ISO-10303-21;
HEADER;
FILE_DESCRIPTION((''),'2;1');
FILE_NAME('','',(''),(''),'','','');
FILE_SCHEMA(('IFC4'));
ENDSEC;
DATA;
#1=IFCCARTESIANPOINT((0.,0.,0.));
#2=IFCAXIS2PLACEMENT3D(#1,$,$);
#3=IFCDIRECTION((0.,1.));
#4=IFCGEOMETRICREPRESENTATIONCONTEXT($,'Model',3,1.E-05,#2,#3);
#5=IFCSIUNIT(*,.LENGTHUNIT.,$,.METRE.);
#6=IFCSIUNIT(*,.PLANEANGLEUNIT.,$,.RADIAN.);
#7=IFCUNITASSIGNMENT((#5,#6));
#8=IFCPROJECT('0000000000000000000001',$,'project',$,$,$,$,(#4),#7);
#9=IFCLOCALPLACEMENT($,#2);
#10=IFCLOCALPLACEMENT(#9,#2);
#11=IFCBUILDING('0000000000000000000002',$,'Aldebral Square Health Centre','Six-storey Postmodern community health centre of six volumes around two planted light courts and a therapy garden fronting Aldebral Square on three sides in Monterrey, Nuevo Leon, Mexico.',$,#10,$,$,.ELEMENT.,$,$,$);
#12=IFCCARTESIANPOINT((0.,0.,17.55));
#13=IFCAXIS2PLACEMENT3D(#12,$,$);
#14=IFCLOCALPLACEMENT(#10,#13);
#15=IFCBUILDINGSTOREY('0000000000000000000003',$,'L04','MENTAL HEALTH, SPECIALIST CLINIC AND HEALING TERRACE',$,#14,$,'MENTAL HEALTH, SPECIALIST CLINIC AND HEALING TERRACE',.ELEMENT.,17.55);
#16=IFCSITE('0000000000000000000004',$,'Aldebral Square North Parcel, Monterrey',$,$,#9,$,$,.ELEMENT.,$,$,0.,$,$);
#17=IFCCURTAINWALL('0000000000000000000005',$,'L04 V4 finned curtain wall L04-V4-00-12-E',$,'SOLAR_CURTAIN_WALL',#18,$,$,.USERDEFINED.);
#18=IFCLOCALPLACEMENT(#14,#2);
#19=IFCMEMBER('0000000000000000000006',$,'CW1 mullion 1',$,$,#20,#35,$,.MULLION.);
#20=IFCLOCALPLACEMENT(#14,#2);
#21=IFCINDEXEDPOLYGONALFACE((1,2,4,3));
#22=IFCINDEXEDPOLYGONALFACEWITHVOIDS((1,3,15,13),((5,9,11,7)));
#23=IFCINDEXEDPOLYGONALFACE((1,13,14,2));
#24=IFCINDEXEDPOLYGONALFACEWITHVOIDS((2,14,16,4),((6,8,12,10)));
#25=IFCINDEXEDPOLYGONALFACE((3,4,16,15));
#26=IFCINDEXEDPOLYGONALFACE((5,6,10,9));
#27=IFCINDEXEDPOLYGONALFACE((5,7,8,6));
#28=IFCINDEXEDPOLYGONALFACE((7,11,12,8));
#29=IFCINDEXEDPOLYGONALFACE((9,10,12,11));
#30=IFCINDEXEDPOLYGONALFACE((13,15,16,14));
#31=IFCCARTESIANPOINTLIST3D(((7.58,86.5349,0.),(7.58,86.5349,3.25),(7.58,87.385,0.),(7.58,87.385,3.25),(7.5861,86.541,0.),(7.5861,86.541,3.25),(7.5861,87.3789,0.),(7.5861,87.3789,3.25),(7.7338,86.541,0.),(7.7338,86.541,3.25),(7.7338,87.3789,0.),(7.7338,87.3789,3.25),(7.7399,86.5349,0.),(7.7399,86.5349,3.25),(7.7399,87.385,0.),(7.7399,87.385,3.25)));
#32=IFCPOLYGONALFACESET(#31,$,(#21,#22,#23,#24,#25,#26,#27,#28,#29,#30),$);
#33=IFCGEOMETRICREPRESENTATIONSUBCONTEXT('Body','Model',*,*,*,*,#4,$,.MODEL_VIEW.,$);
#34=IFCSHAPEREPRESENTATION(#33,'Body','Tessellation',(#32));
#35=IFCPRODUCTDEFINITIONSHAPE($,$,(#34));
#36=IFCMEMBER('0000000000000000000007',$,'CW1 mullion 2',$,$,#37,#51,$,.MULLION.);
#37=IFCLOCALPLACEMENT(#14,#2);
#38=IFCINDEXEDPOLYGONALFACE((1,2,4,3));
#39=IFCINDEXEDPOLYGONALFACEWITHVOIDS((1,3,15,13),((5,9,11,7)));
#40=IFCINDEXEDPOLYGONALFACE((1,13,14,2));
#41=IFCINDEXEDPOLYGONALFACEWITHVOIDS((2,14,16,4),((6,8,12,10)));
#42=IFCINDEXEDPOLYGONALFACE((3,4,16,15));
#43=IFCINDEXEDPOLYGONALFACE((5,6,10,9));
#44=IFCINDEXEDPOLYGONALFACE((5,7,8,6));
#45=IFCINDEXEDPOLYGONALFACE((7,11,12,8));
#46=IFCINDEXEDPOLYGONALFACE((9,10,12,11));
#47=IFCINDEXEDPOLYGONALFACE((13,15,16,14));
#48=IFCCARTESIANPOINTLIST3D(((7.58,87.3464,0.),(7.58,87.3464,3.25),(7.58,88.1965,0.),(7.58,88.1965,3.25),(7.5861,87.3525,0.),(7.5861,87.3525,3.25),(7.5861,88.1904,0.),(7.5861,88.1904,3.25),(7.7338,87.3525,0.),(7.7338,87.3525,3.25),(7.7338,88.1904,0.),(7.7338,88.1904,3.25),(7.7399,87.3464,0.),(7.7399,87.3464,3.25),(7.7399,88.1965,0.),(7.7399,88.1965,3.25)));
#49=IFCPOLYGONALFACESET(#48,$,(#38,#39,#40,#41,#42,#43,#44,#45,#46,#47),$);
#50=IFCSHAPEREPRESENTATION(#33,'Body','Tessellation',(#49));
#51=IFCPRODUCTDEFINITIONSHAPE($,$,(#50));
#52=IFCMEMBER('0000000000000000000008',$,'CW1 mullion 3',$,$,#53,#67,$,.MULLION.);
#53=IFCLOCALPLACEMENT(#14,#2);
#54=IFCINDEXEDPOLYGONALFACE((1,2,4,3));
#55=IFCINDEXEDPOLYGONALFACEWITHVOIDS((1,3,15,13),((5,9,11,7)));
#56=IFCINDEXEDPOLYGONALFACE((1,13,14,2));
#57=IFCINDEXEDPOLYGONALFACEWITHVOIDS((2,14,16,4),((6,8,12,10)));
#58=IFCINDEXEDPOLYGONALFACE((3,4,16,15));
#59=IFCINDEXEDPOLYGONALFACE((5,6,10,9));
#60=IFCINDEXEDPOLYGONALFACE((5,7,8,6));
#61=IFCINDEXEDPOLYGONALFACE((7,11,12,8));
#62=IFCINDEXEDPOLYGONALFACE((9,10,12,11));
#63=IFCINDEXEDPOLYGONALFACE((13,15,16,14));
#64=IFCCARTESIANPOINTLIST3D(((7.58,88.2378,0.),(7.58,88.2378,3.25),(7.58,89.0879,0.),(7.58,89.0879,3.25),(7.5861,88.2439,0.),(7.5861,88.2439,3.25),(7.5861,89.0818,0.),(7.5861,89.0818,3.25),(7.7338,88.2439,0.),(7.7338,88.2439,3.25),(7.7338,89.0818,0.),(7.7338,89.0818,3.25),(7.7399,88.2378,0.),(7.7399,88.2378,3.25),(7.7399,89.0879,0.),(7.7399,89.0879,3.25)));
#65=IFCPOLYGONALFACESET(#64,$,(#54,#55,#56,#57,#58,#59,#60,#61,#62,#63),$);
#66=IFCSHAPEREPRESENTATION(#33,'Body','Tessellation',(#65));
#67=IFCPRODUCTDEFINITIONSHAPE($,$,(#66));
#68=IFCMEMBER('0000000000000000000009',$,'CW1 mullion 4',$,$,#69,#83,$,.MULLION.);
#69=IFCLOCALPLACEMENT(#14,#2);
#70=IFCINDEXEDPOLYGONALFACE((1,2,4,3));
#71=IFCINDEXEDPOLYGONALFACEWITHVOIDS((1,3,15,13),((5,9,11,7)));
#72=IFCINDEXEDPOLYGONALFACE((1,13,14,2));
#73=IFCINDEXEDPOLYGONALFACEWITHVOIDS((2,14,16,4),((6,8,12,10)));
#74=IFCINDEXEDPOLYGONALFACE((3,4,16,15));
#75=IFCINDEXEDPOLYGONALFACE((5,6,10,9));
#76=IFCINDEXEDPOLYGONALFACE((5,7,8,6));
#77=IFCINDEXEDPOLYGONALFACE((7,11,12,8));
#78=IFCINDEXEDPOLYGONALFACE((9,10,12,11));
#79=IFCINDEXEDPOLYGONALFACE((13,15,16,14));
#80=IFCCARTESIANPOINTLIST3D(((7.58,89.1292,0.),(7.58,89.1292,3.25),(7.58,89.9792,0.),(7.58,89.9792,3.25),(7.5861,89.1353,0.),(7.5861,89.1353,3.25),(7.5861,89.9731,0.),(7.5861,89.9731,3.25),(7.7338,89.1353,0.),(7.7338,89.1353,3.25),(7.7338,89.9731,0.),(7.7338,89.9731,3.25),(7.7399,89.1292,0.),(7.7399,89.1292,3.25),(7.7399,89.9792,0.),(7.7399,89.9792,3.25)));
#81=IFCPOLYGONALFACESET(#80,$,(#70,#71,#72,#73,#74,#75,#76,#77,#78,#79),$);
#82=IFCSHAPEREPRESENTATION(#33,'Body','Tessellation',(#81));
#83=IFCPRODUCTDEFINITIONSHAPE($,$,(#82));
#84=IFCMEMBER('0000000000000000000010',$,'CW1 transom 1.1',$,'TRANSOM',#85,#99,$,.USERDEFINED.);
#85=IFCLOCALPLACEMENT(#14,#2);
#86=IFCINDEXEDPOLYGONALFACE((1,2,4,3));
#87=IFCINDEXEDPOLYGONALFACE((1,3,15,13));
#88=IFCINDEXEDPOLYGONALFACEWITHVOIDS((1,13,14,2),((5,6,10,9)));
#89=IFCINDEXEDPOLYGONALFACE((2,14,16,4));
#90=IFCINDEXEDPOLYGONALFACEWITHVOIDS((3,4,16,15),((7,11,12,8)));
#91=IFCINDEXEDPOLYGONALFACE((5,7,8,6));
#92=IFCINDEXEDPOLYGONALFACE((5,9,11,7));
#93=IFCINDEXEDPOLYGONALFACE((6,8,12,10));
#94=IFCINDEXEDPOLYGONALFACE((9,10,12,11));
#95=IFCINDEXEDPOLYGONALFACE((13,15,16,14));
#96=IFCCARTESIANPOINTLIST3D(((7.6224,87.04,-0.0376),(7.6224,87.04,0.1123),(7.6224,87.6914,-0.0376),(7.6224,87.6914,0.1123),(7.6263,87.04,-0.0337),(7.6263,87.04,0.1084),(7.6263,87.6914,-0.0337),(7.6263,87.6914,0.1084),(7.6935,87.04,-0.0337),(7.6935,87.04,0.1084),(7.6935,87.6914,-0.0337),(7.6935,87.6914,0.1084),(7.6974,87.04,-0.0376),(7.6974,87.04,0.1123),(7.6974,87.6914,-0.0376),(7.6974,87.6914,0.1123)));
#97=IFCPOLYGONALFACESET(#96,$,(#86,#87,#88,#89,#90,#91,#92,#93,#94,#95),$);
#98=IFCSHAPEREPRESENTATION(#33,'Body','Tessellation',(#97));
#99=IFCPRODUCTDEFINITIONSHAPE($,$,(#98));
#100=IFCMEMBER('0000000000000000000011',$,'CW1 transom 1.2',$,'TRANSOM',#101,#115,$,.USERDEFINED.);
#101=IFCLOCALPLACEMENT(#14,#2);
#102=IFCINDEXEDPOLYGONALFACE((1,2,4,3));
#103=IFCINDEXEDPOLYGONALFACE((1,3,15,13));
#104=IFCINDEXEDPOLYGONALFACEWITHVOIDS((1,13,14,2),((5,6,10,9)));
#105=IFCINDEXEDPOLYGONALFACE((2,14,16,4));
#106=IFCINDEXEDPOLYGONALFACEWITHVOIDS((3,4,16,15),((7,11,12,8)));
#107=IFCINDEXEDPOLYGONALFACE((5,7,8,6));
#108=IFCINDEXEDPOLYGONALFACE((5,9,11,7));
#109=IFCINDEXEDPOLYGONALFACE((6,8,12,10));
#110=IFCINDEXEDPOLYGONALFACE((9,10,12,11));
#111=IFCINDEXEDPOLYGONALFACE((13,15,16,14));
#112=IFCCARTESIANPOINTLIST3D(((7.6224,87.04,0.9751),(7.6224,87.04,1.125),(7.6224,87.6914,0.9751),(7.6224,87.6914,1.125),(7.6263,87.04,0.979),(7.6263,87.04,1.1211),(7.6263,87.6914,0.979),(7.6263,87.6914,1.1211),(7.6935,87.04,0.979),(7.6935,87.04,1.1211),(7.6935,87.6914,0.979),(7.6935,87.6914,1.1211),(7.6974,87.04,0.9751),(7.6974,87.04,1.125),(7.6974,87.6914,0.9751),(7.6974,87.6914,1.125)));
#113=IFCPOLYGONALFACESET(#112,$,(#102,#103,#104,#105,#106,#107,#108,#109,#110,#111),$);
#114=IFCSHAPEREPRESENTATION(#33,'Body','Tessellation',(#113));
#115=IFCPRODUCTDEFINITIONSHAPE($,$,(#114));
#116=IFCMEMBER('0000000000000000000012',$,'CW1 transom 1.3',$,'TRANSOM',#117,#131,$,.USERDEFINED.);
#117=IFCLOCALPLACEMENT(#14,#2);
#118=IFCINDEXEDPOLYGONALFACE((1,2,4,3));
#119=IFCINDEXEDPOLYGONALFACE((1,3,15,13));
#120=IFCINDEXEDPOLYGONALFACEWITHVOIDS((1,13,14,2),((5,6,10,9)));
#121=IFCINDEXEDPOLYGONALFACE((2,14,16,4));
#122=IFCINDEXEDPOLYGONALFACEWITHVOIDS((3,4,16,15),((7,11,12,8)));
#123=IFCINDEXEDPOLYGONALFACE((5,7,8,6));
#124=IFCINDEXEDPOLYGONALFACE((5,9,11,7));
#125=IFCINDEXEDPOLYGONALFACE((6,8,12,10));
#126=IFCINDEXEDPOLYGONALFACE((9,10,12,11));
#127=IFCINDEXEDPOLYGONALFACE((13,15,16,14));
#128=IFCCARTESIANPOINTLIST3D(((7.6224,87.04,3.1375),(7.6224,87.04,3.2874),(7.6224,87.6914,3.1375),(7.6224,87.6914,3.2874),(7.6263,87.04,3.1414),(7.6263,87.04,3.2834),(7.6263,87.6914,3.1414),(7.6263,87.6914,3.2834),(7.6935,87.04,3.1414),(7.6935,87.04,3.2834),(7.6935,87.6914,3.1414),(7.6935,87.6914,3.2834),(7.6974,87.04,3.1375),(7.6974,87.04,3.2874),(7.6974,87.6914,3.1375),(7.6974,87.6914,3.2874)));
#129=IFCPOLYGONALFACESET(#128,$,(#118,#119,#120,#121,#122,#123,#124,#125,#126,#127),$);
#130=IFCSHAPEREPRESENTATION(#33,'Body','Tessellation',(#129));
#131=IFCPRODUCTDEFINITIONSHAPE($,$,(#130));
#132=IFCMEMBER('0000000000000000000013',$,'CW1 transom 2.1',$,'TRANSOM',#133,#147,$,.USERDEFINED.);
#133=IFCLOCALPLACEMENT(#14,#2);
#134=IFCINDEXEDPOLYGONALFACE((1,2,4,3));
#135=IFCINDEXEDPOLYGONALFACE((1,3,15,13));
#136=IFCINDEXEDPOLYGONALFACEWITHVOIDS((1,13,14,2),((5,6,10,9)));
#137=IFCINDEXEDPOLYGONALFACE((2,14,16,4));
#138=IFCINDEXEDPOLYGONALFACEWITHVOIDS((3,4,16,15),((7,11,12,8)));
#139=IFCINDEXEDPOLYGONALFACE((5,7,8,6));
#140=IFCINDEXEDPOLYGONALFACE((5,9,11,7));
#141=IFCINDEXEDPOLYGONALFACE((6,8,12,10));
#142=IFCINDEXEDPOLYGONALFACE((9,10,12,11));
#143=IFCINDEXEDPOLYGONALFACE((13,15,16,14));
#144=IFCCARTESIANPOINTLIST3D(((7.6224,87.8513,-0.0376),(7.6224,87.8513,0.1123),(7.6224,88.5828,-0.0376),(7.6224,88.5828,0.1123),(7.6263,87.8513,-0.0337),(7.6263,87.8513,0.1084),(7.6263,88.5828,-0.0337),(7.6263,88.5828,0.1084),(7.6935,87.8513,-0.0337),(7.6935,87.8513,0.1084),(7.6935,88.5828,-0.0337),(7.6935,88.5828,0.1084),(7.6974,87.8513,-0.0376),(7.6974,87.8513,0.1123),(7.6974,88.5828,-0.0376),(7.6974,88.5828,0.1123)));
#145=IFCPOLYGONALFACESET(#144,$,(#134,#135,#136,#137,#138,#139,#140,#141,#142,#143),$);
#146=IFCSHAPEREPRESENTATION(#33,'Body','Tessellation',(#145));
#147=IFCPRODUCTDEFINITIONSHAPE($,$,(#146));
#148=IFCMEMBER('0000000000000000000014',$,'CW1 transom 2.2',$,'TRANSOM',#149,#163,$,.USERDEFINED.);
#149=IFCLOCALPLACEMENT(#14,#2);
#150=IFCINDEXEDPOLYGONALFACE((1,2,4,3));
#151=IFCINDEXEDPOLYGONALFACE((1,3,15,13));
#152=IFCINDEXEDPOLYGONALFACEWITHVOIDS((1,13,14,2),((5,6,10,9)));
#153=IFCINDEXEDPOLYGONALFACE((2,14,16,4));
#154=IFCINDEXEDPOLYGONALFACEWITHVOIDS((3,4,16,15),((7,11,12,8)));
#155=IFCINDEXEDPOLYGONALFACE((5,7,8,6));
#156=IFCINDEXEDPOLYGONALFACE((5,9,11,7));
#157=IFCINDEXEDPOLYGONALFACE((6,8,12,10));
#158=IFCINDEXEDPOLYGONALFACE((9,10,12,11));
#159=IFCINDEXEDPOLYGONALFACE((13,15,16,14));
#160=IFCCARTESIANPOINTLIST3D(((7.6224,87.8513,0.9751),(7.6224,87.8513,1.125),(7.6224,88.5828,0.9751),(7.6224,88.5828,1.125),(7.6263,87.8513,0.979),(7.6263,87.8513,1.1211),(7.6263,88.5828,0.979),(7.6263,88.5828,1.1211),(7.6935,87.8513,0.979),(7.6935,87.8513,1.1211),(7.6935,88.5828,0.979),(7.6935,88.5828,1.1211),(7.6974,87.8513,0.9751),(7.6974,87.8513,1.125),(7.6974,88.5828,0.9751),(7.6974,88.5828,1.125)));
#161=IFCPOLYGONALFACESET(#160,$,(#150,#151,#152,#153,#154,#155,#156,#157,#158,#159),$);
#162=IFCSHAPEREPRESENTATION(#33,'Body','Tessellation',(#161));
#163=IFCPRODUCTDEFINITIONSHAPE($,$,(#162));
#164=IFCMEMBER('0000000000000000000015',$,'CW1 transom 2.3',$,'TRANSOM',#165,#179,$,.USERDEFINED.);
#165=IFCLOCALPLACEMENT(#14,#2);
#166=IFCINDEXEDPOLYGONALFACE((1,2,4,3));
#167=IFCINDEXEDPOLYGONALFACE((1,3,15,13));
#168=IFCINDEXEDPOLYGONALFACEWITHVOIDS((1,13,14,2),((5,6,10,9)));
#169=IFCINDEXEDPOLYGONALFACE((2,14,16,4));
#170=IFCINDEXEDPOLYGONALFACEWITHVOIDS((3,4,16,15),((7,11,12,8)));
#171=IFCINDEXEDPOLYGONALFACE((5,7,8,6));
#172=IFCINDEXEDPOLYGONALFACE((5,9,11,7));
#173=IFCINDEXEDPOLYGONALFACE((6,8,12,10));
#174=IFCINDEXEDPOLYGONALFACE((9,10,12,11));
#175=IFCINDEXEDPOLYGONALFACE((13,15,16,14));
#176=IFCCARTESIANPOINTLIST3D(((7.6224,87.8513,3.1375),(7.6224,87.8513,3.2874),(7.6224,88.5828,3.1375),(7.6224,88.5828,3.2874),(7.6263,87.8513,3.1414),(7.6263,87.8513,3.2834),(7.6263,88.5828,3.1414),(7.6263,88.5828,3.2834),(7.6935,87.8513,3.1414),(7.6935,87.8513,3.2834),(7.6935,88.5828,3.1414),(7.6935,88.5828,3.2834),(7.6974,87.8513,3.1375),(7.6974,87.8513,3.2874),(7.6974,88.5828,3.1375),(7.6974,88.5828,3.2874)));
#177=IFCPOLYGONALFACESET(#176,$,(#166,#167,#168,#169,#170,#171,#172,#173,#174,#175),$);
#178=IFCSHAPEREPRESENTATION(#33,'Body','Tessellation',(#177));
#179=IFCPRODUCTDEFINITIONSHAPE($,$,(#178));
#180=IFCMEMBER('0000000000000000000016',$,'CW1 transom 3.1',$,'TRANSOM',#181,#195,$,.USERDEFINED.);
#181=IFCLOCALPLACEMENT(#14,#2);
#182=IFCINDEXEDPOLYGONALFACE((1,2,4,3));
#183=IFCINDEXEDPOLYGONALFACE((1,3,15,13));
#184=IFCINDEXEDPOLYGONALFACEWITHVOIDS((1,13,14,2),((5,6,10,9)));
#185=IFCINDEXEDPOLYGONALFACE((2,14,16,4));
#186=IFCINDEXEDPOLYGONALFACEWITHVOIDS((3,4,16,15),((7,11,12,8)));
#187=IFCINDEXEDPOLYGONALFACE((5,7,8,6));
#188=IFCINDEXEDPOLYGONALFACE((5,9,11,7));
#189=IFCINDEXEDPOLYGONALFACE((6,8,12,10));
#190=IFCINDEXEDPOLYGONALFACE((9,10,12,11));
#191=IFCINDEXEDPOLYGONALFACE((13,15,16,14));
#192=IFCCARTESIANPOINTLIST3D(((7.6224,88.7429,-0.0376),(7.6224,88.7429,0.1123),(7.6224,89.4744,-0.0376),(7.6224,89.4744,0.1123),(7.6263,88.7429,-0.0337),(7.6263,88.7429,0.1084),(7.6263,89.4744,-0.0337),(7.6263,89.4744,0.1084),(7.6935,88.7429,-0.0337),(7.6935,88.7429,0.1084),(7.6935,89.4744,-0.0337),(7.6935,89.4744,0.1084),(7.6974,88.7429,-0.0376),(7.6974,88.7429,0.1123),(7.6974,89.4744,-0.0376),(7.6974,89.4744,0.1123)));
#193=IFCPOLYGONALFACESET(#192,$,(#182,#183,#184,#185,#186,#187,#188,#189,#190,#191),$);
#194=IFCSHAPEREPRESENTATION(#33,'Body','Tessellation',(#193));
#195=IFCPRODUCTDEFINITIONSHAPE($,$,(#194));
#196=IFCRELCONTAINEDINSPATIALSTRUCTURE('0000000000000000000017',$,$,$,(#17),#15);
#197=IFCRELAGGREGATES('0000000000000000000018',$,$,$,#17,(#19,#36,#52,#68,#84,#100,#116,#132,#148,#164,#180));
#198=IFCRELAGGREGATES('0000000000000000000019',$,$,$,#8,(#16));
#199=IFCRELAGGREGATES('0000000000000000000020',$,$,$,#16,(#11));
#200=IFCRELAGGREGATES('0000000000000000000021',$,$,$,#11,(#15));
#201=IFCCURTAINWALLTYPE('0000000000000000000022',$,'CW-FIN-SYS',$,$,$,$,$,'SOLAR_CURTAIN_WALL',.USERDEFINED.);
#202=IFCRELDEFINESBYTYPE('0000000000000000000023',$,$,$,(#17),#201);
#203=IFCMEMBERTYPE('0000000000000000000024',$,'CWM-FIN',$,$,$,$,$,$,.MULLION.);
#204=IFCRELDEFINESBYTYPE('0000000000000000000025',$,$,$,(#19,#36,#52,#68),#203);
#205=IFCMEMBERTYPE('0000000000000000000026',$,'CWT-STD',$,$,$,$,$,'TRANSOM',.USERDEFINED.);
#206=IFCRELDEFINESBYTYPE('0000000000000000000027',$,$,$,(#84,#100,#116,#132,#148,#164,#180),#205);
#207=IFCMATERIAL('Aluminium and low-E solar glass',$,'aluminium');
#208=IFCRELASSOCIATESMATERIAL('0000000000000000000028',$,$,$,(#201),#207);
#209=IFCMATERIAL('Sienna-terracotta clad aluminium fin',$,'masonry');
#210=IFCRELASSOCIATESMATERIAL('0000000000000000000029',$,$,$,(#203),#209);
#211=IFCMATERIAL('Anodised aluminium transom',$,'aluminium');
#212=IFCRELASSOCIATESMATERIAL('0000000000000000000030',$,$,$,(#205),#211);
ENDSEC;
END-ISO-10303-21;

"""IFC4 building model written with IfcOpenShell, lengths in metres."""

from ifc_helpers import new_model, si_unit, direction, frame, origin, origin_2d, place, context, subcontext, project, spatial, hollow_rectangle, extrude, material, material_profile, profile_set, type_object, element, aggregate, save


model = new_model("IFC4")

# Units and contexts
model_context = context("Model", 3, precision=1e-05, world=origin(), true_north=direction((0.0, 1.0)))
body_context = subcontext(model_context, "Body", "Model", "MODEL_VIEW")
ifc_project = project(units=[si_unit("LENGTHUNIT", "METRE"), si_unit("PLANEANGLEUNIT", "RADIAN")], contexts=[model_context])

# Site, building, storey
site_placement = place(None, origin())
site = spatial("IfcSite", under=ifc_project, at=site_placement, Name="Aldebral Square North Parcel, Monterrey", CompositionType="ELEMENT", RefElevation=0.0)
building_placement = place(site_placement, origin())
building = spatial("IfcBuilding", under=site, at=building_placement, Name="Aldebral Square Health Centre", Description="Six-storey Postmodern community health centre of six volumes around two planted light courts and a therapy garden fronting Aldebral Square on three sides in Monterrey, Nuevo Leon, Mexico.", CompositionType="ELEMENT")
storey_placement = place(building_placement, frame((0.0, 0.0, 17.55)))
storey = spatial("IfcBuildingStorey", under=building, at=storey_placement, Name="L04", Description="MENTAL HEALTH, SPECIALIST CLINIC AND HEALING TERRACE", LongName="MENTAL HEALTH, SPECIALIST CLINIC AND HEALING TERRACE", CompositionType="ELEMENT", Elevation=17.55)

# Curtain wall, members
ifc_material_1 = material(Name="Aluminium and low-E solar glass", Category="aluminium")
curtain_wall_type = type_object("IfcCurtainWallType", Name="CW-FIN-SYS", ElementType="SOLAR_CURTAIN_WALL", PredefinedType="USERDEFINED", material=ifc_material_1)
curtain_wall_placement = place(storey_placement, origin())
curtain_wall = element("IfcCurtainWall", 1, at=curtain_wall_placement, inside=storey, type_object=curtain_wall_type, Name="L04 V4 finned curtain wall L04-V4-00-12-E", ObjectType="SOLAR_CURTAIN_WALL", PredefinedType="USERDEFINED")
ifc_material_2 = material(Name="Sienna-terracotta clad aluminium fin", Category="masonry")
ifc_material_profile_1 = material_profile(ifc_material_2, hollow_rectangle(XDim=0.1599, YDim=0.8501, WallThickness=0.0061, at=origin_2d()), Name="FIN 160x850x6")
ifc_profile_set_1 = profile_set([ifc_material_profile_1], Name="Sienna-terracotta clad aluminium fin")
member_type_1 = type_object("IfcMemberType", Name="CWM-FIN", PredefinedType="MULLION", material=ifc_profile_set_1)
member_1_placement = place(storey_placement, frame((7.6599, 86.96, 0.0), z_axis=(0.0, 0.0, 1.0), x_axis=(-1.0, 0.0, 0.0)))
member_1 = element("IfcMember", 2, at=member_1_placement, type_object=member_type_1, Name="CW1 mullion 1", PredefinedType="MULLION", context=body_context, shape_type="SweptSolid", body=[
    extrude(hollow_rectangle(XDim=0.1599, YDim=0.8501, WallThickness=0.0061, at=origin_2d()), origin(), (0.0, 0.0, 1.0), 3.25),
])
member_2_placement = place(storey_placement, frame((7.6599, 87.7715, 0.0), z_axis=(0.0, 0.0, 1.0), x_axis=(-1.0, 0.0, 0.0)))
member_2 = element("IfcMember", 3, at=member_2_placement, type_object=member_type_1, Name="CW1 mullion 2", PredefinedType="MULLION", context=body_context, shape_type="SweptSolid", body=[
    extrude(hollow_rectangle(XDim=0.1599, YDim=0.8501, WallThickness=0.0061, at=origin_2d()), origin(), (0.0, 0.0, 1.0), 3.25),
])
member_3_placement = place(storey_placement, frame((7.6599, 88.6628, 0.0), z_axis=(0.0, 0.0, 1.0), x_axis=(-1.0, 0.0, 0.0)))
member_3 = element("IfcMember", 4, at=member_3_placement, type_object=member_type_1, Name="CW1 mullion 3", PredefinedType="MULLION", context=body_context, shape_type="SweptSolid", body=[
    extrude(hollow_rectangle(XDim=0.1599, YDim=0.8501, WallThickness=0.0061, at=origin_2d()), origin(), (0.0, 0.0, 1.0), 3.25),
])
member_4_placement = place(storey_placement, frame((7.6599, 89.5542, 0.0), z_axis=(0.0, 0.0, 1.0), x_axis=(-1.0, 0.0, 0.0)))
member_4 = element("IfcMember", 5, at=member_4_placement, type_object=member_type_1, Name="CW1 mullion 4", PredefinedType="MULLION", context=body_context, shape_type="SweptSolid", body=[
    extrude(hollow_rectangle(XDim=0.1599, YDim=0.8501, WallThickness=0.0061, at=origin_2d()), origin(), (0.0, 0.0, 1.0), 3.25),
])
ifc_material_3 = material(Name="Anodised aluminium transom", Category="aluminium")
ifc_material_profile_2 = material_profile(ifc_material_3, hollow_rectangle(XDim=0.075, YDim=0.1499, WallThickness=0.0039, at=origin_2d()), Name="CWT 75x150x4")
ifc_profile_set_2 = profile_set([ifc_material_profile_2], Name="Anodised aluminium transom")
member_type_2 = type_object("IfcMemberType", Name="CWT-STD", ElementType="TRANSOM", PredefinedType="USERDEFINED", material=ifc_profile_set_2)
member_5_placement = place(storey_placement, frame((7.6599, 87.04, 0.0374), z_axis=(0.0, 1.0, 0.0), x_axis=(-1.0, 0.0, 0.0)))
member_5 = element("IfcMember", 6, at=member_5_placement, type_object=member_type_2, Name="CW1 transom 1.1", ObjectType="TRANSOM", PredefinedType="USERDEFINED", context=body_context, shape_type="SweptSolid", body=[
    extrude(hollow_rectangle(XDim=0.075, YDim=0.1499, WallThickness=0.0039, at=origin_2d()), origin(), (0.0, 0.0, 1.0), 0.6514),
])
member_6_placement = place(storey_placement, frame((7.6599, 87.04, 1.05), z_axis=(0.0, 1.0, 0.0), x_axis=(-1.0, 0.0, 0.0)))
member_6 = element("IfcMember", 7, at=member_6_placement, type_object=member_type_2, Name="CW1 transom 1.2", ObjectType="TRANSOM", PredefinedType="USERDEFINED", context=body_context, shape_type="SweptSolid", body=[
    extrude(hollow_rectangle(XDim=0.075, YDim=0.1499, WallThickness=0.0039, at=origin_2d()), origin(), (0.0, 0.0, 1.0), 0.6514),
])
member_7_placement = place(storey_placement, frame((7.6599, 87.04, 3.2124), z_axis=(0.0, 1.0, 0.0), x_axis=(-1.0, 0.0, 0.0)))
member_7 = element("IfcMember", 8, at=member_7_placement, type_object=member_type_2, Name="CW1 transom 1.3", ObjectType="TRANSOM", PredefinedType="USERDEFINED", context=body_context, shape_type="SweptSolid", body=[
    extrude(hollow_rectangle(XDim=0.075, YDim=0.1499, WallThickness=0.0039, at=origin_2d()), origin(), (0.0, 0.0, 1.0), 0.6514),
])
member_8_placement = place(storey_placement, frame((7.6599, 87.8513, 0.0374), z_axis=(0.0, 1.0, 0.0), x_axis=(-1.0, 0.0, 0.0)))
member_8 = element("IfcMember", 9, at=member_8_placement, type_object=member_type_2, Name="CW1 transom 2.1", ObjectType="TRANSOM", PredefinedType="USERDEFINED", context=body_context, shape_type="SweptSolid", body=[
    extrude(hollow_rectangle(XDim=0.075, YDim=0.1499, WallThickness=0.0039, at=origin_2d()), origin(), (0.0, 0.0, 1.0), 0.7314),
])
member_9_placement = place(storey_placement, frame((7.6599, 87.8513, 1.05), z_axis=(0.0, 1.0, 0.0), x_axis=(-1.0, 0.0, 0.0)))
member_9 = element("IfcMember", 10, at=member_9_placement, type_object=member_type_2, Name="CW1 transom 2.2", ObjectType="TRANSOM", PredefinedType="USERDEFINED", context=body_context, shape_type="SweptSolid", body=[
    extrude(hollow_rectangle(XDim=0.075, YDim=0.1499, WallThickness=0.0039, at=origin_2d()), origin(), (0.0, 0.0, 1.0), 0.7314),
])
member_10_placement = place(storey_placement, frame((7.6599, 87.8513, 3.2124), z_axis=(0.0, 1.0, 0.0), x_axis=(-1.0, 0.0, 0.0)))
member_10 = element("IfcMember", 11, at=member_10_placement, type_object=member_type_2, Name="CW1 transom 2.3", ObjectType="TRANSOM", PredefinedType="USERDEFINED", context=body_context, shape_type="SweptSolid", body=[
    extrude(hollow_rectangle(XDim=0.075, YDim=0.1499, WallThickness=0.0039, at=origin_2d()), origin(), (0.0, 0.0, 1.0), 0.7314),
])
member_11_placement = place(storey_placement, frame((7.6599, 88.7429, 0.0374), z_axis=(0.0, 1.0, 0.0), x_axis=(-1.0, 0.0, 0.0)))
member_11 = element("IfcMember", 12, at=member_11_placement, type_object=member_type_2, Name="CW1 transom 3.1", ObjectType="TRANSOM", PredefinedType="USERDEFINED", context=body_context, shape_type="SweptSolid", body=[
    extrude(hollow_rectangle(XDim=0.075, YDim=0.1499, WallThickness=0.0039, at=origin_2d()), origin(), (0.0, 0.0, 1.0), 0.7314),
])
aggregate(curtain_wall, [member_1, member_2, member_3, member_4, member_5, member_6, member_7, member_8, member_9, member_10, member_11])

save(model, "model.ifc")
